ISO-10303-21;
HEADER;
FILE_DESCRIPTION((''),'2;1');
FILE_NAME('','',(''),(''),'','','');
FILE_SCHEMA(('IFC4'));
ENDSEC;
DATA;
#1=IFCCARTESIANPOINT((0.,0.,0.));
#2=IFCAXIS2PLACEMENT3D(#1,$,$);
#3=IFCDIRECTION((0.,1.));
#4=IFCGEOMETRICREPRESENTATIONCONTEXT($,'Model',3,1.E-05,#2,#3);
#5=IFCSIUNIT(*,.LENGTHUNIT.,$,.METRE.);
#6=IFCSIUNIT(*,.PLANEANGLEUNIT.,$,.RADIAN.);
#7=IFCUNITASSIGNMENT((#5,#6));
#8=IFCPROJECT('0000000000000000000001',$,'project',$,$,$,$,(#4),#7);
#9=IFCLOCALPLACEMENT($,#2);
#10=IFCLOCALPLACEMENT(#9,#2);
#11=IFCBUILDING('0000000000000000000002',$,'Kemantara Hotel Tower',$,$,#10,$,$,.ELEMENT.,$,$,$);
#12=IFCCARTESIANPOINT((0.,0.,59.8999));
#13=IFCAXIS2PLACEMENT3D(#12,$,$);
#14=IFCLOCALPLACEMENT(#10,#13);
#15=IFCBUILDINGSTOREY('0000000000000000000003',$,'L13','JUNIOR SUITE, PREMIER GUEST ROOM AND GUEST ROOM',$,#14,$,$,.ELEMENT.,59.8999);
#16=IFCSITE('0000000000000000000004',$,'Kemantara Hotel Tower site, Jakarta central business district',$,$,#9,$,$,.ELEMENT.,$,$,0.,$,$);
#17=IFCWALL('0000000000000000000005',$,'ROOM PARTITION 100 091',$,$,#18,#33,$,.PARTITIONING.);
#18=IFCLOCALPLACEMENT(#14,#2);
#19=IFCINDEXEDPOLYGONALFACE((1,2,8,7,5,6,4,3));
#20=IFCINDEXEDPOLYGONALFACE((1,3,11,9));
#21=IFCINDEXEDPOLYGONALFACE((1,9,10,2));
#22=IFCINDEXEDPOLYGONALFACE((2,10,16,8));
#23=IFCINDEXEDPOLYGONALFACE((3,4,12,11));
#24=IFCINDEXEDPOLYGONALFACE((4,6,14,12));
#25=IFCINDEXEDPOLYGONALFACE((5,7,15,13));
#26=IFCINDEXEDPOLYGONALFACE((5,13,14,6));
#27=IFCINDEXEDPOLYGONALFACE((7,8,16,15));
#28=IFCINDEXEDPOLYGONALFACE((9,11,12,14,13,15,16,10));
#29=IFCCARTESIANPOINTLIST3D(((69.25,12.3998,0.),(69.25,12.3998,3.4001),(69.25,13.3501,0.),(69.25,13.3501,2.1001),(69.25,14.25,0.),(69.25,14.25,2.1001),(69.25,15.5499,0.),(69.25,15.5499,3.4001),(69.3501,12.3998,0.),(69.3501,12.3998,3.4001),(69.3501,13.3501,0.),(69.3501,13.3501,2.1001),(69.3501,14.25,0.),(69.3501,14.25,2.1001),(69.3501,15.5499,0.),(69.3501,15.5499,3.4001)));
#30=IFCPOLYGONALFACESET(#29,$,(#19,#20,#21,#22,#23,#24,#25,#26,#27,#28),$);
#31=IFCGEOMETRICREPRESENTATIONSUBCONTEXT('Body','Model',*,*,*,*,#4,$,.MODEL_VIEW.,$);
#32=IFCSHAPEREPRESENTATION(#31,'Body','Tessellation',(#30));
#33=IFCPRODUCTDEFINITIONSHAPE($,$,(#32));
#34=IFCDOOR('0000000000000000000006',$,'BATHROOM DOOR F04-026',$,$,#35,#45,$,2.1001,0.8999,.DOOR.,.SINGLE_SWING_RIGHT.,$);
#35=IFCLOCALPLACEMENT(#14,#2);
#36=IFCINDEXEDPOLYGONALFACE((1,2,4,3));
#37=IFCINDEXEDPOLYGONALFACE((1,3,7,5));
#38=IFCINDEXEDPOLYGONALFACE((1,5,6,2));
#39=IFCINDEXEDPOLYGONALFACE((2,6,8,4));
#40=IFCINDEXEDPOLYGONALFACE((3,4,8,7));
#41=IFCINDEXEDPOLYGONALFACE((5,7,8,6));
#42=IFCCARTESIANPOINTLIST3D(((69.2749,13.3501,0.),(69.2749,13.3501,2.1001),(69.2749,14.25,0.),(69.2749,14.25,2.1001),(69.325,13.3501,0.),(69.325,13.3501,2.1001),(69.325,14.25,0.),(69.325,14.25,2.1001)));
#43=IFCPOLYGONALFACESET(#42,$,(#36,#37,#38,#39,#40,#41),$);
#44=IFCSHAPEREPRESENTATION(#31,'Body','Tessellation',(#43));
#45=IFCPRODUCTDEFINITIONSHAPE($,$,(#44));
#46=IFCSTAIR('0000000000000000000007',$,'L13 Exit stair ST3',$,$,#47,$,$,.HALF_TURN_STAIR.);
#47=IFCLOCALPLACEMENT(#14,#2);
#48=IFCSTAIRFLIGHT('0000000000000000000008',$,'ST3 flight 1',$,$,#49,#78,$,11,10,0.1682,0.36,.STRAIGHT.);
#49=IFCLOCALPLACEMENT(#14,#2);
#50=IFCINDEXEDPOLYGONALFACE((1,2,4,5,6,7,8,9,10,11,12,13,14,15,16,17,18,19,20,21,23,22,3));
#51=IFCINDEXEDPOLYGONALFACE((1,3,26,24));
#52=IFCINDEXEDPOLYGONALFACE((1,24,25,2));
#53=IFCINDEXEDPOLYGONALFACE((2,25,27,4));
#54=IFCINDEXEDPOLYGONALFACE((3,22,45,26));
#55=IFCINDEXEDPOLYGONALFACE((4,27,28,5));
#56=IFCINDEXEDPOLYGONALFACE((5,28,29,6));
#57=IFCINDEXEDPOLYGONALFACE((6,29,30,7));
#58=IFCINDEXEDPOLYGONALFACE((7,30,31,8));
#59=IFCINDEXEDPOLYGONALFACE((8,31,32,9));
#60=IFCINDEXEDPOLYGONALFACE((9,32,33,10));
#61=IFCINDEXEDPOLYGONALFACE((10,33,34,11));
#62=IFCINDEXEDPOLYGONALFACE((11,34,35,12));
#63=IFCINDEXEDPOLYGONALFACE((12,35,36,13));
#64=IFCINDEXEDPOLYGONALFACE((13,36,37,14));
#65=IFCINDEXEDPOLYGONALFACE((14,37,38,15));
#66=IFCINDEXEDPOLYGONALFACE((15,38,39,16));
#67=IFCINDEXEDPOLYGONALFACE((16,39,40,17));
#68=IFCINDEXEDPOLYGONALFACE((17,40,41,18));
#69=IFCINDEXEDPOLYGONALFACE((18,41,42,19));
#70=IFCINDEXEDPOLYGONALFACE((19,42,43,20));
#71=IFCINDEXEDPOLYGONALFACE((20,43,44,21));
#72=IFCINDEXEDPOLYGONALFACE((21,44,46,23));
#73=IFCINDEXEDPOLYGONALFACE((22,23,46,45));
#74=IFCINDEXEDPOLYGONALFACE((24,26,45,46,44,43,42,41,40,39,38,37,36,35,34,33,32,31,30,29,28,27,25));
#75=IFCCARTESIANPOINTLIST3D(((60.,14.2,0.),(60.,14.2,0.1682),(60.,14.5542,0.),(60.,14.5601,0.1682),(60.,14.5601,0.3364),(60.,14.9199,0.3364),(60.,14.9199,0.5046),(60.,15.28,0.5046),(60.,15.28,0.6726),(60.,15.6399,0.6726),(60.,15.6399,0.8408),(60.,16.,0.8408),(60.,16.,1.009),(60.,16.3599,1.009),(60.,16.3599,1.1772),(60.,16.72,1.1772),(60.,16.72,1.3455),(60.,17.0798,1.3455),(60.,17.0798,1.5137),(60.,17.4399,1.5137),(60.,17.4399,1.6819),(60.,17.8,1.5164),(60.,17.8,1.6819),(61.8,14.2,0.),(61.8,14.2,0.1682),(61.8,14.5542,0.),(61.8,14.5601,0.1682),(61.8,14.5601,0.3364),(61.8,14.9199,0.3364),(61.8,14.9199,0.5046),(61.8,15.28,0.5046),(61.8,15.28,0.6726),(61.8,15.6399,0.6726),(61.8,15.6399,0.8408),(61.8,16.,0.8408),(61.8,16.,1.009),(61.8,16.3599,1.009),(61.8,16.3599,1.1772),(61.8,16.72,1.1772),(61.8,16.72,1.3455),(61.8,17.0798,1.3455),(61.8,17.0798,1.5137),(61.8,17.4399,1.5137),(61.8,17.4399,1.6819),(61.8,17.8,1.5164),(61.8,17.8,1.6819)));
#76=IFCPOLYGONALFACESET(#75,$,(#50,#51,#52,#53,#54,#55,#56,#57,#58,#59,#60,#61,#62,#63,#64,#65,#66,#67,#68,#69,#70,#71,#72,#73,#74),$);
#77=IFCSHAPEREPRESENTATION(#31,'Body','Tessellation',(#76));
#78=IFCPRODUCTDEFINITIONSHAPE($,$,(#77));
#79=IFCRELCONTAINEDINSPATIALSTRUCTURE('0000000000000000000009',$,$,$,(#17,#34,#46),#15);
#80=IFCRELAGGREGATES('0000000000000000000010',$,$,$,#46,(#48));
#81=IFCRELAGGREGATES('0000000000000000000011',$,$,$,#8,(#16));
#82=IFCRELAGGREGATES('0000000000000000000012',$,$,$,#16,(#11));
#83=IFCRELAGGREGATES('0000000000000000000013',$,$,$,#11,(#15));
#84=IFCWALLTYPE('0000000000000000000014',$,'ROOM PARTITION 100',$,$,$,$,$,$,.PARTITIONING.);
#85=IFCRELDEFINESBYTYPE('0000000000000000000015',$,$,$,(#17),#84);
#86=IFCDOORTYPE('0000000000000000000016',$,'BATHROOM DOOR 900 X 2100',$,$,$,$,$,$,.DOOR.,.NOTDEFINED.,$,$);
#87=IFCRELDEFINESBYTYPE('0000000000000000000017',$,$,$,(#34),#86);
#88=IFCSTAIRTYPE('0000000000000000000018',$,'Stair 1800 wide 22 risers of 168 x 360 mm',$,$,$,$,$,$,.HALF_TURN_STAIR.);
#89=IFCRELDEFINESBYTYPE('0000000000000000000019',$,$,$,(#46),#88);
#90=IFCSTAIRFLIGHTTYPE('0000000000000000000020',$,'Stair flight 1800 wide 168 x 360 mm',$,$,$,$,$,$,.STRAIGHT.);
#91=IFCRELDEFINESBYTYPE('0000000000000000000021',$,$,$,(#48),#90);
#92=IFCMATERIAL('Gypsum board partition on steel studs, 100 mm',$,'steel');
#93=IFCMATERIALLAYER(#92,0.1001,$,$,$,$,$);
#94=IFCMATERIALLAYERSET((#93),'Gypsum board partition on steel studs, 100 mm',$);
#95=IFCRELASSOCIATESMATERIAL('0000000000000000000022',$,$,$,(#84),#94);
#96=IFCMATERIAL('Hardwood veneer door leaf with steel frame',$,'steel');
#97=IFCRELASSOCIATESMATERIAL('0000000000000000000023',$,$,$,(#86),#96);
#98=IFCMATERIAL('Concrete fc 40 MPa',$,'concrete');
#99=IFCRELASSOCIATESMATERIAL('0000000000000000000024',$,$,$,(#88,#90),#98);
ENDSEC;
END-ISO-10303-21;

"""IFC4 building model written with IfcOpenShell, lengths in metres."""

from ifc_helpers import new_model, si_unit, direction, frame, frame_2d, origin, place, context, subcontext, project, spatial, polyline, rectangle, outline, extrude, material, layer, layer_set, type_object, element, fill, aggregate, save


model = new_model("IFC4")

# Units and contexts
model_context = context("Model", 3, precision=1e-05, world=origin(), true_north=direction((0.0, 1.0)))
body_context = subcontext(model_context, "Body", "Model", "MODEL_VIEW")
ifc_project = project(units=[si_unit("LENGTHUNIT", "METRE"), si_unit("PLANEANGLEUNIT", "RADIAN")], contexts=[model_context])

# Site, building, storey
site_placement = place(None, origin())
site = spatial("IfcSite", under=ifc_project, at=site_placement, Name="Kemantara Hotel Tower site, Jakarta central business district", CompositionType="ELEMENT", RefElevation=0.0)
building_placement = place(site_placement, origin())
building = spatial("IfcBuilding", under=site, at=building_placement, Name="Kemantara Hotel Tower", CompositionType="ELEMENT")
storey_placement = place(building_placement, frame((0.0, 0.0, 59.8999)))
storey = spatial("IfcBuildingStorey", under=building, at=storey_placement, Name="L13", Description="JUNIOR SUITE, PREMIER GUEST ROOM AND GUEST ROOM", CompositionType="ELEMENT", Elevation=59.8999)

# Shared definitions
ifc_material_1 = material(Name="Hardwood veneer door leaf with steel frame", Category="steel")

# Shared definitions
ifc_material_2 = material(Name="Concrete fc 40 MPa", Category="concrete")
ifc_material_3 = material(Name="Gypsum board partition on steel studs, 100 mm", Category="steel")
ifc_layer_1 = layer(ifc_material_3, 0.1001)
ifc_layer_set_1 = layer_set([ifc_layer_1], Name="Gypsum board partition on steel studs, 100 mm")
wall_type_1 = type_object("IfcWallType", Name="ROOM PARTITION 100", PredefinedType="PARTITIONING", material=ifc_layer_set_1)

# Wall, opening, door
door_type_1 = type_object("IfcDoorType", Name="BATHROOM DOOR 900 X 2100", OperationType="NOTDEFINED", PredefinedType="DOOR", material=ifc_material_1)
wall_1_placement = place(storey_placement, frame((69.3, 15.55, 0.0), z_axis=(0.0, 0.0, 1.0), x_axis=(0.0, -1.0, 0.0)))
wall_1 = element("IfcWall", 1, at=wall_1_placement, inside=storey, type_object=wall_type_1, Name="ROOM PARTITION 100 091", PredefinedType="PARTITIONING", context=body_context, shape_type="SweptSolid", body=[
    extrude(rectangle(XDim=3.1501, YDim=0.1001, at=frame_2d((1.5752, 0.0))), origin(), (0.0, 0.0, 1.0), 3.4001),
])
opening_1_placement = place(wall_1_placement, frame((1.3, 0.0, 0.0)))
opening_1 = element("IfcOpeningElement", 2, at=opening_1_placement, cuts=wall_1, PredefinedType="OPENING", context=body_context, shape_type="SweptSolid", body=[
    extrude(rectangle(XDim=0.8999, YDim=2.1001, at=frame_2d((0.45, 1.05))), frame((0.0, 0.0601, 0.0), z_axis=(0.0, -1.0, 0.0), x_axis=(1.0, 0.0, 0.0)), (0.0, 0.0, 1.0), 0.1201),
])
door_1_placement = place(opening_1_placement, origin())
door_1 = element("IfcDoor", 3, at=door_1_placement, inside=storey, type_object=door_type_1, Name="BATHROOM DOOR F04-026", OperationType="SINGLE_SWING_RIGHT", OverallHeight=2.1001, OverallWidth=0.8999, PredefinedType="DOOR", context=body_context, shape_type="SweptSolid", body=[
    extrude(rectangle(XDim=0.8999, YDim=2.1001, at=frame_2d((0.45, 1.05))), frame((0.0, 0.0249, 0.0), z_axis=(0.0, -1.0, 0.0), x_axis=(1.0, 0.0, 0.0)), (0.0, 0.0, 1.0), 0.05),
])
fill(opening_1, door_1)

# Stair, stair flight
stair_type = type_object("IfcStairType", Name="Stair 1800 wide 22 risers of 168 x 360 mm", PredefinedType="HALF_TURN_STAIR", material=ifc_material_2)
stair_placement = place(storey_placement, origin())
stair = element("IfcStair", 4, at=stair_placement, inside=storey, type_object=stair_type, Name="L13 Exit stair ST3", PredefinedType="HALF_TURN_STAIR")
stair_flight_type = type_object("IfcStairFlightType", Name="Stair flight 1800 wide 168 x 360 mm", PredefinedType="STRAIGHT", material=ifc_material_2)
stair_flight_placement = place(storey_placement, frame((60.8999, 14.2, 0.0), z_axis=(0.0, 0.0, 1.0), x_axis=(0.0, 1.0, 0.0)))
stair_flight = element("IfcStairFlight", 5, at=stair_flight_placement, type_object=stair_flight_type, Name="ST3 flight 1", NumberOfRisers=11, NumberOfTreads=10, PredefinedType="STRAIGHT", RiserHeight=0.1682, TreadLength=0.36, context=body_context, shape_type="SweptSolid", body=[
    extrude(outline(polyline([(0.0, 0.0), (0.0, 0.1682), (0.3601, 0.1682), (0.3601, 0.3364), (0.72, 0.3364), (0.72, 0.5046), (1.0801, 0.5046), (1.0801, 0.6726), (1.4399, 0.6726), (1.4399, 0.8408), (1.8, 0.8408), (1.8, 1.009), (2.1599, 1.009), (2.1599, 1.1772), (2.52, 1.1772), (2.52, 1.3455), (2.8799, 1.3455), (2.8799, 1.5137), (3.24, 1.5137), (3.24, 1.6819), (3.6001, 1.6819), (3.6001, 1.8501), (3.6001, 1.5164), (0.3542, 0.0), (0.0, 0.0)])), frame((0.0, 0.8999, 0.0), z_axis=(0.0, -1.0, 0.0), x_axis=(1.0, 0.0, 0.0)), (0.0, 0.0, 1.0), 1.8),
])
aggregate(stair, [stair_flight])

save(model, "model.ifc")
